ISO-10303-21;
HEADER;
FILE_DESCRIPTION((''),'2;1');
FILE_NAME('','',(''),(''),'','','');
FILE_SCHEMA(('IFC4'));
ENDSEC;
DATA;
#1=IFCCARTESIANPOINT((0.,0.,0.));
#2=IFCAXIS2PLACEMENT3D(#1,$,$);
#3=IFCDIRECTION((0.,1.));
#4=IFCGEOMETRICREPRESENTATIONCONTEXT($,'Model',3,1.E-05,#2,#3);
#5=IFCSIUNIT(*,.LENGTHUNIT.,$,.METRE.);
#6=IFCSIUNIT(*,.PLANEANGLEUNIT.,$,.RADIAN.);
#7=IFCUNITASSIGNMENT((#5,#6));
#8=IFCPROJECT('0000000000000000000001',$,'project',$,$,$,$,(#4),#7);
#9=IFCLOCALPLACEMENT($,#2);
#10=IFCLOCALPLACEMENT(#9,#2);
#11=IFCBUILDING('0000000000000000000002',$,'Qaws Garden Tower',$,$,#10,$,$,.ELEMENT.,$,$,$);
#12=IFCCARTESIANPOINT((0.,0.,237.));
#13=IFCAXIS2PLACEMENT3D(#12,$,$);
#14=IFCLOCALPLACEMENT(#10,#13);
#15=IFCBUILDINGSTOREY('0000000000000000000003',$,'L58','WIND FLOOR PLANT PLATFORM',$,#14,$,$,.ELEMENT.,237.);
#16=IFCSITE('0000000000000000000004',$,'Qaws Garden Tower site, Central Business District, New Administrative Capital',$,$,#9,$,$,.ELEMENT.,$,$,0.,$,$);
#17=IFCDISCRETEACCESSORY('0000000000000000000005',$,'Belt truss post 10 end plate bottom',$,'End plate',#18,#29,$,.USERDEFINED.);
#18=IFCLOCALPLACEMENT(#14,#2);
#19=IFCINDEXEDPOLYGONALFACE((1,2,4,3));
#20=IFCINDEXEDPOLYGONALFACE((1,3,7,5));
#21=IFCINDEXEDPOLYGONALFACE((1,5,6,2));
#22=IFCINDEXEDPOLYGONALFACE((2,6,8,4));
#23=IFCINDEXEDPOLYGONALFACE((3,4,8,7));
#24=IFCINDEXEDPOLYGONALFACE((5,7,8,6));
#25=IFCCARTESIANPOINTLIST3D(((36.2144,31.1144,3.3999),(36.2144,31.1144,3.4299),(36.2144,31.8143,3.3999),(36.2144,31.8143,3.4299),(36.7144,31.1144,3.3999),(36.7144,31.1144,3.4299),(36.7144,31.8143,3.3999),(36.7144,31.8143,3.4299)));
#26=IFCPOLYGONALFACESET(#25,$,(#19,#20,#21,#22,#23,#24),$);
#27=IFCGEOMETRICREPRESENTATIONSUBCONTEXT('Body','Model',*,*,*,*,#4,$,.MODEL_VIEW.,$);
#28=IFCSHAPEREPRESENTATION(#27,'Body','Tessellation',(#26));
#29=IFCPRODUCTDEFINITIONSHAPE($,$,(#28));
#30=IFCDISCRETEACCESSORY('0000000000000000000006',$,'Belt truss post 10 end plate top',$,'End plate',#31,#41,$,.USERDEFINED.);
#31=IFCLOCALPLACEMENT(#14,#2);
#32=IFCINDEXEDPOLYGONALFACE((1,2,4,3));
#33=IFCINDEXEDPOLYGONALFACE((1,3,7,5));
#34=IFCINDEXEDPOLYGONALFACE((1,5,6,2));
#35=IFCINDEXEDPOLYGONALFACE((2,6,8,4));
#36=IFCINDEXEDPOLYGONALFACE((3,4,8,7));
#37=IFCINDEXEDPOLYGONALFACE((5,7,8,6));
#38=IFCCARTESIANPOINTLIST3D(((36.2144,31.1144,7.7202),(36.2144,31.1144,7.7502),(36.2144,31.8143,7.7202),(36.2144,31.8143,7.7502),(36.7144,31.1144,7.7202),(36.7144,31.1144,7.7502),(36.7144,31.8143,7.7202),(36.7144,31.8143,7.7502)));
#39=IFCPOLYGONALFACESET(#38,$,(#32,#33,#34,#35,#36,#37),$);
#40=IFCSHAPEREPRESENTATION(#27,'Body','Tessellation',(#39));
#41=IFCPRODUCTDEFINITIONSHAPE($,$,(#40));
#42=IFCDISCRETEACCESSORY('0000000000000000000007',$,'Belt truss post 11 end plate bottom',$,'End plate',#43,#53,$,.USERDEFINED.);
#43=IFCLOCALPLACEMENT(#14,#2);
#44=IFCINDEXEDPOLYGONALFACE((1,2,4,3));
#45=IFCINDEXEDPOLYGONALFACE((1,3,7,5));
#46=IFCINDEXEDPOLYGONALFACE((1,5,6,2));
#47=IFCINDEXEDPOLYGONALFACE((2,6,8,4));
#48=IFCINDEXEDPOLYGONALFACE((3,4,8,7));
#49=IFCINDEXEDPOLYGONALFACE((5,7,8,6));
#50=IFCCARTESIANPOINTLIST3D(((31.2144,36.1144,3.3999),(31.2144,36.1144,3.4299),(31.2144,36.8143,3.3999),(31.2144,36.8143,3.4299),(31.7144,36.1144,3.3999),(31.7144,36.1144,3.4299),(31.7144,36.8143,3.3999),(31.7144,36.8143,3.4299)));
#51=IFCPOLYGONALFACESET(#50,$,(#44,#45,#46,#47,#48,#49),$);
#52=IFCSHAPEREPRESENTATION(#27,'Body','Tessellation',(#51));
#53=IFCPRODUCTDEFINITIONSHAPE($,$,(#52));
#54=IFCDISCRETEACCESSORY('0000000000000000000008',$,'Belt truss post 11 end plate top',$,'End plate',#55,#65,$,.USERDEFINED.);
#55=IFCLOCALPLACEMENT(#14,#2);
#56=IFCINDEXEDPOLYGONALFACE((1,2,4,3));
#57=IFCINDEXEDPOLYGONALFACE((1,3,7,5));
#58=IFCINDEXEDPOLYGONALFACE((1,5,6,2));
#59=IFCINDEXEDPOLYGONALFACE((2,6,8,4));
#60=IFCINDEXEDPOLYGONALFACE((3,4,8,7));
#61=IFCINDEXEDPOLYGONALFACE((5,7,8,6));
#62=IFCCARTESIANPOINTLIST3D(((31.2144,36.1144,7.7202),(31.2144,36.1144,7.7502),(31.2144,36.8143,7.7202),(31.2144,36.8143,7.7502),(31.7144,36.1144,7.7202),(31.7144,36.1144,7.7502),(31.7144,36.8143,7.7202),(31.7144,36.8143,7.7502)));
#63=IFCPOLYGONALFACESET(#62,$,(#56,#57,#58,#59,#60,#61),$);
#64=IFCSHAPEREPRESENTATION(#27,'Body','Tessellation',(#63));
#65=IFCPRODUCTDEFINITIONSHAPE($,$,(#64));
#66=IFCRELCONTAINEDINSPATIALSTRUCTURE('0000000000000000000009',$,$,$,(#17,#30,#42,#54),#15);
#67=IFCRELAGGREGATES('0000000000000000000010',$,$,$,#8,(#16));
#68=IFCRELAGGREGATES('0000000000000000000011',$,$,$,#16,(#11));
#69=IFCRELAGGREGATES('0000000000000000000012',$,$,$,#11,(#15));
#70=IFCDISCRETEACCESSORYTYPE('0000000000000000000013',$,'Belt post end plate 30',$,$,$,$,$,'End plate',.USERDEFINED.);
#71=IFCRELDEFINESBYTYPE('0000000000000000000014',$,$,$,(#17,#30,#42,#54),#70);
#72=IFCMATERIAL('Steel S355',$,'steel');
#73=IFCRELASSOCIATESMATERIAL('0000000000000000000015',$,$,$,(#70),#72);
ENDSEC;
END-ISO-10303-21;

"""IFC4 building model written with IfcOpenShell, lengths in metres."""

from ifc_helpers import new_model, si_unit, direction, frame, origin, origin_2d, place, context, subcontext, project, spatial, rectangle, extrude, material, type_object, element, save


model = new_model("IFC4")

# Units and contexts
model_context = context("Model", 3, precision=1e-05, world=origin(), true_north=direction((0.0, 1.0)))
body_context = subcontext(model_context, "Body", "Model", "MODEL_VIEW")
ifc_project = project(units=[si_unit("LENGTHUNIT", "METRE"), si_unit("PLANEANGLEUNIT", "RADIAN")], contexts=[model_context])

# Site, building, storey
site_placement = place(None, origin())
site = spatial("IfcSite", under=ifc_project, at=site_placement, Name="Qaws Garden Tower site, Central Business District, New Administrative Capital", CompositionType="ELEMENT", RefElevation=0.0)
building_placement = place(site_placement, origin())
building = spatial("IfcBuilding", under=site, at=building_placement, Name="Qaws Garden Tower", CompositionType="ELEMENT")
storey_placement = place(building_placement, frame((0.0, 0.0, 237.0)))
storey = spatial("IfcBuildingStorey", under=building, at=storey_placement, Name="L58", Description="WIND FLOOR PLANT PLATFORM", CompositionType="ELEMENT", Elevation=237.0)

# Shared definitions
placement_1 = place(storey_placement, frame((36.4644, 31.4644, 3.3999), z_axis=(0.0, 0.0, 1.0), x_axis=(1.0, 0.0, 0.0)))
placement_2 = place(storey_placement, frame((31.4644, 36.4644, 3.3999), z_axis=(0.0, 0.0, 1.0), x_axis=(1.0, 0.0, 0.0)))

# Discrete accessories
ifc_material_1 = material(Name="Steel S355", Category="steel")
discrete_accessory_type = type_object("IfcDiscreteAccessoryType", Name="Belt post end plate 30", ElementType="End plate", PredefinedType="USERDEFINED", material=ifc_material_1)
element("IfcDiscreteAccessory", 1, at=placement_1, inside=storey, type_object=discrete_accessory_type, Name="Belt truss post 10 end plate bottom", ObjectType="End plate", PredefinedType="USERDEFINED", context=body_context, shape_type="SweptSolid", body=[
    extrude(rectangle(XDim=0.5, YDim=0.7, at=origin_2d()), origin(), (0.0, 0.0, 1.0), 0.03),
])
discrete_accessory_1_placement = place(storey_placement, frame((36.4644, 31.4644, 7.7202), z_axis=(0.0, 0.0, 1.0), x_axis=(1.0, 0.0, 0.0)))
element("IfcDiscreteAccessory", 2, at=discrete_accessory_1_placement, inside=storey, type_object=discrete_accessory_type, Name="Belt truss post 10 end plate top", ObjectType="End plate", PredefinedType="USERDEFINED", context=body_context, shape_type="SweptSolid", body=[
    extrude(rectangle(XDim=0.5, YDim=0.7, at=origin_2d()), origin(), (0.0, 0.0, 1.0), 0.03),
])
element("IfcDiscreteAccessory", 3, at=placement_2, inside=storey, type_object=discrete_accessory_type, Name="Belt truss post 11 end plate bottom", ObjectType="End plate", PredefinedType="USERDEFINED", context=body_context, shape_type="SweptSolid", body=[
    extrude(rectangle(XDim=0.5, YDim=0.7, at=origin_2d()), origin(), (0.0, 0.0, 1.0), 0.03),
])
discrete_accessory_2_placement = place(storey_placement, frame((31.4644, 36.4644, 7.7202), z_axis=(0.0, 0.0, 1.0), x_axis=(1.0, 0.0, 0.0)))
element("IfcDiscreteAccessory", 4, at=discrete_accessory_2_placement, inside=storey, type_object=discrete_accessory_type, Name="Belt truss post 11 end plate top", ObjectType="End plate", PredefinedType="USERDEFINED", context=body_context, shape_type="SweptSolid", body=[
    extrude(rectangle(XDim=0.5, YDim=0.7, at=origin_2d()), origin(), (0.0, 0.0, 1.0), 0.03),
])

save(model, "model.ifc")
